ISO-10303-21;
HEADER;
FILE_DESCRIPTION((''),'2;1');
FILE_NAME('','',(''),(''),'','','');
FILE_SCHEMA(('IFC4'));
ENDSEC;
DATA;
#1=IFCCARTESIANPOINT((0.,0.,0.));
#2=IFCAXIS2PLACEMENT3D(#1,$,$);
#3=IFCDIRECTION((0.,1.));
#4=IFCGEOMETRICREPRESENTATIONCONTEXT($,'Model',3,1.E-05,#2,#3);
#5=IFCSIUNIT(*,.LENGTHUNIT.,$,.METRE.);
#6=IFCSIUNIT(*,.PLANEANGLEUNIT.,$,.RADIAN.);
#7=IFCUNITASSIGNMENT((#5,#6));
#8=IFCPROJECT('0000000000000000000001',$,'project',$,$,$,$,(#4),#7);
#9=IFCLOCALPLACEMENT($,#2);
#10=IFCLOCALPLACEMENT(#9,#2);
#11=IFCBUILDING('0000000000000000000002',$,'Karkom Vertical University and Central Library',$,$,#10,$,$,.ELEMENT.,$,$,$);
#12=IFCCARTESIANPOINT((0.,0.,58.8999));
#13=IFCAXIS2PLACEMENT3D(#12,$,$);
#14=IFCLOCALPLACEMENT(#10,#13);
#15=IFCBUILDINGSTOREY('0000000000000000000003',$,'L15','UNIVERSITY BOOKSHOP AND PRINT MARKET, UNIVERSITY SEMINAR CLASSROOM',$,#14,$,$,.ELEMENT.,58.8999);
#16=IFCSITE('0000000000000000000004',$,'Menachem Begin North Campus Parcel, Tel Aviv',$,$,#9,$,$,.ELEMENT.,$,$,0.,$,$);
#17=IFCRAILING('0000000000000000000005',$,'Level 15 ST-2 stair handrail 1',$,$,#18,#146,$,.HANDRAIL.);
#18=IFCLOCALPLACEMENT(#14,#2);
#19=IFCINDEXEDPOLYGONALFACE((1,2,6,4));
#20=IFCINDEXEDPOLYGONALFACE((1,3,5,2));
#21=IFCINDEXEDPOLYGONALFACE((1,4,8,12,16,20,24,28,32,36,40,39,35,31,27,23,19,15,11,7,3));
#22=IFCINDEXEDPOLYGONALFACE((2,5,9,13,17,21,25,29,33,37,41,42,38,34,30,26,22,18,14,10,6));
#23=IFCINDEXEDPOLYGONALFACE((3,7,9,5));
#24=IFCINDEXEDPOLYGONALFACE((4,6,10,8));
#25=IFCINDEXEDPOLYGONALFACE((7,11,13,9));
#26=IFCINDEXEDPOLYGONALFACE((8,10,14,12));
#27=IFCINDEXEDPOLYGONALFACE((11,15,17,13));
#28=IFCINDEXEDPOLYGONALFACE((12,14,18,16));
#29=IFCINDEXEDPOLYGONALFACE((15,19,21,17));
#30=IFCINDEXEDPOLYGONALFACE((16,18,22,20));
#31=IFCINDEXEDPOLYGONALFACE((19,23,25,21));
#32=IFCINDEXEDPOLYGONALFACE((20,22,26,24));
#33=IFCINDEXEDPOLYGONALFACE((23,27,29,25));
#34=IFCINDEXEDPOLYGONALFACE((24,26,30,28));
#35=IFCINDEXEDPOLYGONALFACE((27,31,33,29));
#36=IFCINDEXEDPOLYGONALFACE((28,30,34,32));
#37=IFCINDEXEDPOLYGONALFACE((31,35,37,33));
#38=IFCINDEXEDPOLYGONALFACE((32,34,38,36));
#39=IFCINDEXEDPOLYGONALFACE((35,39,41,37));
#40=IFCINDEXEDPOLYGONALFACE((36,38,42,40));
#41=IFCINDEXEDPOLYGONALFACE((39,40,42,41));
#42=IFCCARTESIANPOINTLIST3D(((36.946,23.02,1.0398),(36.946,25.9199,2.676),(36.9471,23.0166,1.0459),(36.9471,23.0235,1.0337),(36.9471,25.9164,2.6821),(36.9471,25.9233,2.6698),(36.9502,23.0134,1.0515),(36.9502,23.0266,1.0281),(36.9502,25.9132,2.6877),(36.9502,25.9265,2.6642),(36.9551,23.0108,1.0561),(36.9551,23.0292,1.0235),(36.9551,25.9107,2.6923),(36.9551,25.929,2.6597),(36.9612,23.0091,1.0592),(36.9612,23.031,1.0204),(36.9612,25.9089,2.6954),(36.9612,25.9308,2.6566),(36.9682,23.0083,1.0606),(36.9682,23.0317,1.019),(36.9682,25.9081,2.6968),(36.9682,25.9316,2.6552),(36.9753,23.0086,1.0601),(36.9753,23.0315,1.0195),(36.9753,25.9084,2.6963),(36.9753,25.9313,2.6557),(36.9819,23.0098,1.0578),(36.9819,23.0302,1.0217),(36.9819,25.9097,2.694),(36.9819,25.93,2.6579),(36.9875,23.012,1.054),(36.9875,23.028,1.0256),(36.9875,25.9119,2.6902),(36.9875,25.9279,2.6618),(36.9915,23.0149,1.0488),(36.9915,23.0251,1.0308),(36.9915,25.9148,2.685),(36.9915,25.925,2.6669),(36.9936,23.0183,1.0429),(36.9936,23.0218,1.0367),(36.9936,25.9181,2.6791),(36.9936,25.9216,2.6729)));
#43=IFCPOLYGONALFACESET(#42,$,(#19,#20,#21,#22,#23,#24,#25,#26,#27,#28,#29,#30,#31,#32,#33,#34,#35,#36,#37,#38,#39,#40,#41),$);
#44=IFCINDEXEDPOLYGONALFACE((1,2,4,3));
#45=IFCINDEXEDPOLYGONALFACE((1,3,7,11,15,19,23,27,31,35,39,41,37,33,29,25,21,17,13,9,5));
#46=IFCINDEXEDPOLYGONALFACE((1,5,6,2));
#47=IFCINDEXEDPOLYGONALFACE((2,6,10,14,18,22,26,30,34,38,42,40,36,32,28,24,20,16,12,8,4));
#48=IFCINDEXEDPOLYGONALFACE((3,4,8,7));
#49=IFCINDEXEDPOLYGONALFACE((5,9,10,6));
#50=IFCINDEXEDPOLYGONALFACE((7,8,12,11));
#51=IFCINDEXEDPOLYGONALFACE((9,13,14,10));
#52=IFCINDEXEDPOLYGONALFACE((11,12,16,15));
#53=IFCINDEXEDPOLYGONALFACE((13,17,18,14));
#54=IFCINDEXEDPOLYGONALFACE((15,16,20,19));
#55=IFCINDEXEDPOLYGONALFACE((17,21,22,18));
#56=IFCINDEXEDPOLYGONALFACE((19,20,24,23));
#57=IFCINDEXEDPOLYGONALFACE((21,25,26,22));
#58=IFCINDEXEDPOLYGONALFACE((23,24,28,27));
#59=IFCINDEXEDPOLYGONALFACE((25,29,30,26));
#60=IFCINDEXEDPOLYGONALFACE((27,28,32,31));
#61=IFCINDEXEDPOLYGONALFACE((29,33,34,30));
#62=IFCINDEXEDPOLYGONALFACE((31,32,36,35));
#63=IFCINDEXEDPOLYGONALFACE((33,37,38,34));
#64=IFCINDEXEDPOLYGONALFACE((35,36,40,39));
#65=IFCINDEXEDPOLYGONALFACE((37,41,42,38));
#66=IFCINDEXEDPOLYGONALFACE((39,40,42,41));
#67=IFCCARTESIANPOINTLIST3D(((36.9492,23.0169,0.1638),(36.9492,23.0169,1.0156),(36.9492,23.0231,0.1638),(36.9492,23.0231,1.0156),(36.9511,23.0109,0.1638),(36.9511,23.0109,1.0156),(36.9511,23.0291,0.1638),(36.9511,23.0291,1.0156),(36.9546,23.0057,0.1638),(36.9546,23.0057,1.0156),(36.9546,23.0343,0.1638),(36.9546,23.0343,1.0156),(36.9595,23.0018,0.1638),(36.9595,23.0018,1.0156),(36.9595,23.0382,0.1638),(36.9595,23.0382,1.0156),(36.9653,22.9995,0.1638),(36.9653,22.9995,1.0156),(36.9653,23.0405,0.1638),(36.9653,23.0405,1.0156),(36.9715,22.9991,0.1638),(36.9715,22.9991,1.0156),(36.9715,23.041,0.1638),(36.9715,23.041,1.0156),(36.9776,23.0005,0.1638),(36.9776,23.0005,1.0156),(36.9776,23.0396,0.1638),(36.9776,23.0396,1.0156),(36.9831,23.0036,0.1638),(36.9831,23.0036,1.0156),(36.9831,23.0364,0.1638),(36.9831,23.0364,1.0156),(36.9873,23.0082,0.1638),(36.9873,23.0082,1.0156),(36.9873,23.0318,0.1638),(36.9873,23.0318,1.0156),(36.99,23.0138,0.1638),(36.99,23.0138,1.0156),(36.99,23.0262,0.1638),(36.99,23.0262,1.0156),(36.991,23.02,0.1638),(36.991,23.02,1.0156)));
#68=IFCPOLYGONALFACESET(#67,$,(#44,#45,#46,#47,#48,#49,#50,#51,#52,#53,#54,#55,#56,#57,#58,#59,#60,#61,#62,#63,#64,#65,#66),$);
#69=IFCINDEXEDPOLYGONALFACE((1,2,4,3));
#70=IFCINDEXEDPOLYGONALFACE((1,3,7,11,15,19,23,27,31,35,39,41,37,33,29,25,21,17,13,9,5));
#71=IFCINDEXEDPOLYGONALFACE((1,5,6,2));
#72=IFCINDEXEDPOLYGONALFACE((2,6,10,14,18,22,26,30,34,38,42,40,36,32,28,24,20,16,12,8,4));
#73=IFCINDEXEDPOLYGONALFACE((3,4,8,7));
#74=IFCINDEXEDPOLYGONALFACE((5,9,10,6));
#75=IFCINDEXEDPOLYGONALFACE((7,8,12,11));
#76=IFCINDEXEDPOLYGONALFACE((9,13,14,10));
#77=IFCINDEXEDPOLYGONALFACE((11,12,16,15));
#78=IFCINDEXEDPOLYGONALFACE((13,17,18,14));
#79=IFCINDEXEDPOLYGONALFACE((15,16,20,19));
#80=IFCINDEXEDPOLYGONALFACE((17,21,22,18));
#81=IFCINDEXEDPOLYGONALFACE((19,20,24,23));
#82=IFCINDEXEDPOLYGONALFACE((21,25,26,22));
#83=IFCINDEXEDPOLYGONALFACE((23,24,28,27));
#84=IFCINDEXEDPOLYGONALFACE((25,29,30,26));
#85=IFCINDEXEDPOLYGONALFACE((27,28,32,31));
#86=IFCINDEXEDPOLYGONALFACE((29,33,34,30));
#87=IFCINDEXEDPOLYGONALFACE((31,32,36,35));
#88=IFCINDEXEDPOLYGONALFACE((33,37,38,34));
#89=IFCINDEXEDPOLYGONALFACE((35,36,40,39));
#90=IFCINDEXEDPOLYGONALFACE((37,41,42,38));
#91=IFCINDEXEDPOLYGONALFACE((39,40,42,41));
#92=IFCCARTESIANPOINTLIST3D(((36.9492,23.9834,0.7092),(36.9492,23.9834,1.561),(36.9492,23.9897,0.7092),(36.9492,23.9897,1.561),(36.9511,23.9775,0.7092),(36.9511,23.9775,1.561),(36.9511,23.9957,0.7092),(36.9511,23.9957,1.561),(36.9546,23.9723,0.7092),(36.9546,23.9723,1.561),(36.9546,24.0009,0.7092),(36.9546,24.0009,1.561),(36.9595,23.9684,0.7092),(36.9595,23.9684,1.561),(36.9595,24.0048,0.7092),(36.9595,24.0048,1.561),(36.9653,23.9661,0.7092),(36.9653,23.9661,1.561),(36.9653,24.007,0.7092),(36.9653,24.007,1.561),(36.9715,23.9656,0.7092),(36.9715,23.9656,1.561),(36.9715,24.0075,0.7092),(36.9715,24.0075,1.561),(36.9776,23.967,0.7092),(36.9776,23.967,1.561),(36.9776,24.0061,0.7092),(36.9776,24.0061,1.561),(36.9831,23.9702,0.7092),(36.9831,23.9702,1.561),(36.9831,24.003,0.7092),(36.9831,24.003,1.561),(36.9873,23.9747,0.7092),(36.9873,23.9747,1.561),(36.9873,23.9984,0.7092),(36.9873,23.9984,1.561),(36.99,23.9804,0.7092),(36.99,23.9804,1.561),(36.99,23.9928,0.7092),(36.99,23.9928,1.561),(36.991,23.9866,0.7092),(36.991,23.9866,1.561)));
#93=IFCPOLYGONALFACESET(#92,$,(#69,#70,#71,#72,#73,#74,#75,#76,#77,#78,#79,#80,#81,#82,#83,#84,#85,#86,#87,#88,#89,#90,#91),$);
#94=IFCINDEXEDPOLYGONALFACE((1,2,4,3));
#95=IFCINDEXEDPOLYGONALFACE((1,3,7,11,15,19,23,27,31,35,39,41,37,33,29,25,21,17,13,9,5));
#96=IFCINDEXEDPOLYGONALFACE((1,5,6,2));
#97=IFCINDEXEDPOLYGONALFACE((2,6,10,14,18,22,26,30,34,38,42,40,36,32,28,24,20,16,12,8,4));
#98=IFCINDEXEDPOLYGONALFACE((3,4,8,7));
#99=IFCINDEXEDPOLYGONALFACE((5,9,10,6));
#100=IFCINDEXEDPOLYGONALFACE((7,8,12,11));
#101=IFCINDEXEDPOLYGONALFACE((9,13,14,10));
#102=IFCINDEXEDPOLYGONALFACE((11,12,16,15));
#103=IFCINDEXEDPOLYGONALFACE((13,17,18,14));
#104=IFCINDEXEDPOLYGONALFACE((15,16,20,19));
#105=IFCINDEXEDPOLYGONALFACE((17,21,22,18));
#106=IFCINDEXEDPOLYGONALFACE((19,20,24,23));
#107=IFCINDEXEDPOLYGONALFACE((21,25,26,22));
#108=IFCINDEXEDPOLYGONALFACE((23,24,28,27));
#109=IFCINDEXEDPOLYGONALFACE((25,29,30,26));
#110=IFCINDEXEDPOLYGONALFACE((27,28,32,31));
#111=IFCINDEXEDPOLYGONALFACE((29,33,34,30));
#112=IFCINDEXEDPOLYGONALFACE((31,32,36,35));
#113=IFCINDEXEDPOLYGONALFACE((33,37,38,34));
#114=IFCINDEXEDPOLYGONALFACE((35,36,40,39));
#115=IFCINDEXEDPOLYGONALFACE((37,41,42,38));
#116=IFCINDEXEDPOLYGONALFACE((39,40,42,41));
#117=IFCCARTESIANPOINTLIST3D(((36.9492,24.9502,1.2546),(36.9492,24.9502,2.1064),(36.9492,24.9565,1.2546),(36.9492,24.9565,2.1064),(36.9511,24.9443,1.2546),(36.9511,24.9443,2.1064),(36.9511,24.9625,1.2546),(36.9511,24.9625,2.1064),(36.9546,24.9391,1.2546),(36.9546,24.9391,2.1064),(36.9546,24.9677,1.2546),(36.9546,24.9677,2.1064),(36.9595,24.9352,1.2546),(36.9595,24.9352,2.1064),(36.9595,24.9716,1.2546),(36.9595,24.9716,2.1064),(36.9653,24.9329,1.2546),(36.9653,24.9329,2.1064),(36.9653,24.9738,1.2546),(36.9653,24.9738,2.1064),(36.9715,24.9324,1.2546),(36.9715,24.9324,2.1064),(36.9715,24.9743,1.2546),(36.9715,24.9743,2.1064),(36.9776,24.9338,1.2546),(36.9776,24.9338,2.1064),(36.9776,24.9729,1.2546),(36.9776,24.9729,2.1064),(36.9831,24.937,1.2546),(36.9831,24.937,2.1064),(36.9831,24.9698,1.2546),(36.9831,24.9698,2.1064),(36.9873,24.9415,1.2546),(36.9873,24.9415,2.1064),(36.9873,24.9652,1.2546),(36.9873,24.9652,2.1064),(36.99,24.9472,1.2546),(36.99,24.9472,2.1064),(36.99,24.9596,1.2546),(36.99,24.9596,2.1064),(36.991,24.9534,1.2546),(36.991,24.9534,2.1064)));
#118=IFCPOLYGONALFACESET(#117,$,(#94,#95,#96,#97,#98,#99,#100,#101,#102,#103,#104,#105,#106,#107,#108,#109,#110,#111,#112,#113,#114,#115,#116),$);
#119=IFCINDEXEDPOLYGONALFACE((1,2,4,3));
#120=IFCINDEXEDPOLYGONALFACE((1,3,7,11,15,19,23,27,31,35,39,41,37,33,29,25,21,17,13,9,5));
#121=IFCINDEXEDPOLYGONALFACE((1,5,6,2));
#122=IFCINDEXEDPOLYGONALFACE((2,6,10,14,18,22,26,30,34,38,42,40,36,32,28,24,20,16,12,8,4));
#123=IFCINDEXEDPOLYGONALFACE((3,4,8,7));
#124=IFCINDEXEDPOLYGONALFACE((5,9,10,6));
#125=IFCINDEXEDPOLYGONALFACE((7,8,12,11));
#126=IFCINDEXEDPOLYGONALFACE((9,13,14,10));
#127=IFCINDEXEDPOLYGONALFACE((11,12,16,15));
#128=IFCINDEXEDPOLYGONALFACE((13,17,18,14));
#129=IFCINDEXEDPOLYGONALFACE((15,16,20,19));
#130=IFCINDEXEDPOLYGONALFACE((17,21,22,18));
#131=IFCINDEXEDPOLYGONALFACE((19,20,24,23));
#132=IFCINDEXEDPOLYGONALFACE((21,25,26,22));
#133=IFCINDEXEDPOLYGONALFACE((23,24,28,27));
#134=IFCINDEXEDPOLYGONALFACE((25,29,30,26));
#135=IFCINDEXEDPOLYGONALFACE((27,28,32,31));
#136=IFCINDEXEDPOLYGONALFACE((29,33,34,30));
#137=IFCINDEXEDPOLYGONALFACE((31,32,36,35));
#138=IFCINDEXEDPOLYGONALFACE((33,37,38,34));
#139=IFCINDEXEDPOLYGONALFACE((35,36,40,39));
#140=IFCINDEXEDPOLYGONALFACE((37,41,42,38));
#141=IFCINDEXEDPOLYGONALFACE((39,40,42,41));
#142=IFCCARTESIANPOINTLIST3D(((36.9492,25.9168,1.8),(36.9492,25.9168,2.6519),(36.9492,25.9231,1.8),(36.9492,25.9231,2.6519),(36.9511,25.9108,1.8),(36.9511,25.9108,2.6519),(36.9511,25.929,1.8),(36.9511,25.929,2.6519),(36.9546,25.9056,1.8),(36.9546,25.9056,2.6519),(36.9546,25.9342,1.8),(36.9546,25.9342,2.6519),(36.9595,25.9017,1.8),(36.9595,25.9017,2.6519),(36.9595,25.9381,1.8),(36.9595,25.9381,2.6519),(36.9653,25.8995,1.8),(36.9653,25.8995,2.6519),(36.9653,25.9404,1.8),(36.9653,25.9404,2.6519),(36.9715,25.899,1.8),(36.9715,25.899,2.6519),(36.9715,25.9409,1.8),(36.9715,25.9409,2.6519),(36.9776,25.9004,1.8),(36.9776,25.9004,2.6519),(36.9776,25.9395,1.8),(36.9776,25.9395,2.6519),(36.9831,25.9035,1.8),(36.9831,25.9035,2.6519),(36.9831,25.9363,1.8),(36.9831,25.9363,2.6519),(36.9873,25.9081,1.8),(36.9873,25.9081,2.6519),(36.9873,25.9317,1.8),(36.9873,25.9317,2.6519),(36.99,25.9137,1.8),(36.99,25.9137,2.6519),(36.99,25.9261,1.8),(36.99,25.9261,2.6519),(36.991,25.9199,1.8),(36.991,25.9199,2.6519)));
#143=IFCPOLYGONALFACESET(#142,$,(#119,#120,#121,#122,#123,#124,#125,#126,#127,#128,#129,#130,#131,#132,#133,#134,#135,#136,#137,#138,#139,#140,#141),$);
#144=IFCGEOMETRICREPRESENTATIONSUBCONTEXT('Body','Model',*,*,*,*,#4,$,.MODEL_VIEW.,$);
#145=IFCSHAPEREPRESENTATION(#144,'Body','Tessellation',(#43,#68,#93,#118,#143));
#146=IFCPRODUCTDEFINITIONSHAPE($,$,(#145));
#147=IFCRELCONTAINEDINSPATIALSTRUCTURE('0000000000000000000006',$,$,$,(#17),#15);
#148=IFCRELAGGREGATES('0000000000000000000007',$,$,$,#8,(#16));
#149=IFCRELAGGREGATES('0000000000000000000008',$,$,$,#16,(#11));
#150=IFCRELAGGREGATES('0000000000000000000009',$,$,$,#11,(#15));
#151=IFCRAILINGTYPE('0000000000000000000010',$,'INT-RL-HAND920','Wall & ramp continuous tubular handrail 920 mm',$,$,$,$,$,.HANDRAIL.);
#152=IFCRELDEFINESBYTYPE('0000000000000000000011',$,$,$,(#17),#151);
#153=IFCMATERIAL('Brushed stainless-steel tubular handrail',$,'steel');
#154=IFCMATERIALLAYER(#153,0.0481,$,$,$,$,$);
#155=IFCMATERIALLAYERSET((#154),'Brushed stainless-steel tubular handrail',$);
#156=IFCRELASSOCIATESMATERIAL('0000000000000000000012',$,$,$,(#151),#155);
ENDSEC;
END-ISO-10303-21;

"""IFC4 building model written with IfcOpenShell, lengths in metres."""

from ifc_helpers import new_model, si_unit, direction, frame, origin, origin_2d, place, context, subcontext, project, spatial, circle, extrude, material, layer, layer_set, type_object, element, save


model = new_model("IFC4")

# Units and contexts
model_context = context("Model", 3, precision=1e-05, world=origin(), true_north=direction((0.0, 1.0)))
body_context = subcontext(model_context, "Body", "Model", "MODEL_VIEW")
ifc_project = project(units=[si_unit("LENGTHUNIT", "METRE"), si_unit("PLANEANGLEUNIT", "RADIAN")], contexts=[model_context])

# Site, building, storey
site_placement = place(None, origin())
site = spatial("IfcSite", under=ifc_project, at=site_placement, Name="Menachem Begin North Campus Parcel, Tel Aviv", CompositionType="ELEMENT", RefElevation=0.0)
building_placement = place(site_placement, origin())
building = spatial("IfcBuilding", under=site, at=building_placement, Name="Karkom Vertical University and Central Library", CompositionType="ELEMENT")
storey_placement = place(building_placement, frame((0.0, 0.0, 58.8999)))
storey = spatial("IfcBuildingStorey", under=building, at=storey_placement, Name="L15", Description="UNIVERSITY BOOKSHOP AND PRINT MARKET, UNIVERSITY SEMINAR CLASSROOM", CompositionType="ELEMENT", Elevation=58.8999)

# Railing
ifc_material_1 = material(Name="Brushed stainless-steel tubular handrail", Category="steel")
ifc_layer_1 = layer(ifc_material_1, 0.0481)
ifc_layer_set_1 = layer_set([ifc_layer_1], Name="Brushed stainless-steel tubular handrail")
railing_type_1 = type_object("IfcRailingType", Name="INT-RL-HAND920", Description="Wall & ramp continuous tubular handrail 920 mm", PredefinedType="HANDRAIL", material=ifc_layer_set_1)
railing_1_placement = place(storey_placement, frame((36.97, 23.02, 0.1638)))
element("IfcRailing", 1, at=railing_1_placement, inside=storey, type_object=railing_type_1, Name="Level 15 ST-2 stair handrail 1", PredefinedType="HANDRAIL", context=body_context, shape_type="SweptSolid", body=[
    extrude(circle(Radius=0.0239, at=origin_2d()), frame((0.0, 0.0, 0.876), z_axis=(0.0, 0.870929, 0.49141), x_axis=(-1.0, 0.0, 0.0)), (0.0, 0.0, 1.0), 3.3296),
    extrude(circle(Radius=0.021, at=origin_2d()), origin(), (0.0, 0.0, 1.0), 0.8518),
    extrude(circle(Radius=0.021, at=origin_2d()), frame((0.0, 0.9666, 0.5454)), (0.0, 0.0, 1.0), 0.8518),
    extrude(circle(Radius=0.021, at=origin_2d()), frame((0.0, 1.9333, 1.0908)), (0.0, 0.0, 1.0), 0.8518),
    extrude(circle(Radius=0.021, at=origin_2d()), frame((0.0, 2.8999, 1.6362)), (0.0, 0.0, 1.0), 0.8518),
])

save(model, "model.ifc")
